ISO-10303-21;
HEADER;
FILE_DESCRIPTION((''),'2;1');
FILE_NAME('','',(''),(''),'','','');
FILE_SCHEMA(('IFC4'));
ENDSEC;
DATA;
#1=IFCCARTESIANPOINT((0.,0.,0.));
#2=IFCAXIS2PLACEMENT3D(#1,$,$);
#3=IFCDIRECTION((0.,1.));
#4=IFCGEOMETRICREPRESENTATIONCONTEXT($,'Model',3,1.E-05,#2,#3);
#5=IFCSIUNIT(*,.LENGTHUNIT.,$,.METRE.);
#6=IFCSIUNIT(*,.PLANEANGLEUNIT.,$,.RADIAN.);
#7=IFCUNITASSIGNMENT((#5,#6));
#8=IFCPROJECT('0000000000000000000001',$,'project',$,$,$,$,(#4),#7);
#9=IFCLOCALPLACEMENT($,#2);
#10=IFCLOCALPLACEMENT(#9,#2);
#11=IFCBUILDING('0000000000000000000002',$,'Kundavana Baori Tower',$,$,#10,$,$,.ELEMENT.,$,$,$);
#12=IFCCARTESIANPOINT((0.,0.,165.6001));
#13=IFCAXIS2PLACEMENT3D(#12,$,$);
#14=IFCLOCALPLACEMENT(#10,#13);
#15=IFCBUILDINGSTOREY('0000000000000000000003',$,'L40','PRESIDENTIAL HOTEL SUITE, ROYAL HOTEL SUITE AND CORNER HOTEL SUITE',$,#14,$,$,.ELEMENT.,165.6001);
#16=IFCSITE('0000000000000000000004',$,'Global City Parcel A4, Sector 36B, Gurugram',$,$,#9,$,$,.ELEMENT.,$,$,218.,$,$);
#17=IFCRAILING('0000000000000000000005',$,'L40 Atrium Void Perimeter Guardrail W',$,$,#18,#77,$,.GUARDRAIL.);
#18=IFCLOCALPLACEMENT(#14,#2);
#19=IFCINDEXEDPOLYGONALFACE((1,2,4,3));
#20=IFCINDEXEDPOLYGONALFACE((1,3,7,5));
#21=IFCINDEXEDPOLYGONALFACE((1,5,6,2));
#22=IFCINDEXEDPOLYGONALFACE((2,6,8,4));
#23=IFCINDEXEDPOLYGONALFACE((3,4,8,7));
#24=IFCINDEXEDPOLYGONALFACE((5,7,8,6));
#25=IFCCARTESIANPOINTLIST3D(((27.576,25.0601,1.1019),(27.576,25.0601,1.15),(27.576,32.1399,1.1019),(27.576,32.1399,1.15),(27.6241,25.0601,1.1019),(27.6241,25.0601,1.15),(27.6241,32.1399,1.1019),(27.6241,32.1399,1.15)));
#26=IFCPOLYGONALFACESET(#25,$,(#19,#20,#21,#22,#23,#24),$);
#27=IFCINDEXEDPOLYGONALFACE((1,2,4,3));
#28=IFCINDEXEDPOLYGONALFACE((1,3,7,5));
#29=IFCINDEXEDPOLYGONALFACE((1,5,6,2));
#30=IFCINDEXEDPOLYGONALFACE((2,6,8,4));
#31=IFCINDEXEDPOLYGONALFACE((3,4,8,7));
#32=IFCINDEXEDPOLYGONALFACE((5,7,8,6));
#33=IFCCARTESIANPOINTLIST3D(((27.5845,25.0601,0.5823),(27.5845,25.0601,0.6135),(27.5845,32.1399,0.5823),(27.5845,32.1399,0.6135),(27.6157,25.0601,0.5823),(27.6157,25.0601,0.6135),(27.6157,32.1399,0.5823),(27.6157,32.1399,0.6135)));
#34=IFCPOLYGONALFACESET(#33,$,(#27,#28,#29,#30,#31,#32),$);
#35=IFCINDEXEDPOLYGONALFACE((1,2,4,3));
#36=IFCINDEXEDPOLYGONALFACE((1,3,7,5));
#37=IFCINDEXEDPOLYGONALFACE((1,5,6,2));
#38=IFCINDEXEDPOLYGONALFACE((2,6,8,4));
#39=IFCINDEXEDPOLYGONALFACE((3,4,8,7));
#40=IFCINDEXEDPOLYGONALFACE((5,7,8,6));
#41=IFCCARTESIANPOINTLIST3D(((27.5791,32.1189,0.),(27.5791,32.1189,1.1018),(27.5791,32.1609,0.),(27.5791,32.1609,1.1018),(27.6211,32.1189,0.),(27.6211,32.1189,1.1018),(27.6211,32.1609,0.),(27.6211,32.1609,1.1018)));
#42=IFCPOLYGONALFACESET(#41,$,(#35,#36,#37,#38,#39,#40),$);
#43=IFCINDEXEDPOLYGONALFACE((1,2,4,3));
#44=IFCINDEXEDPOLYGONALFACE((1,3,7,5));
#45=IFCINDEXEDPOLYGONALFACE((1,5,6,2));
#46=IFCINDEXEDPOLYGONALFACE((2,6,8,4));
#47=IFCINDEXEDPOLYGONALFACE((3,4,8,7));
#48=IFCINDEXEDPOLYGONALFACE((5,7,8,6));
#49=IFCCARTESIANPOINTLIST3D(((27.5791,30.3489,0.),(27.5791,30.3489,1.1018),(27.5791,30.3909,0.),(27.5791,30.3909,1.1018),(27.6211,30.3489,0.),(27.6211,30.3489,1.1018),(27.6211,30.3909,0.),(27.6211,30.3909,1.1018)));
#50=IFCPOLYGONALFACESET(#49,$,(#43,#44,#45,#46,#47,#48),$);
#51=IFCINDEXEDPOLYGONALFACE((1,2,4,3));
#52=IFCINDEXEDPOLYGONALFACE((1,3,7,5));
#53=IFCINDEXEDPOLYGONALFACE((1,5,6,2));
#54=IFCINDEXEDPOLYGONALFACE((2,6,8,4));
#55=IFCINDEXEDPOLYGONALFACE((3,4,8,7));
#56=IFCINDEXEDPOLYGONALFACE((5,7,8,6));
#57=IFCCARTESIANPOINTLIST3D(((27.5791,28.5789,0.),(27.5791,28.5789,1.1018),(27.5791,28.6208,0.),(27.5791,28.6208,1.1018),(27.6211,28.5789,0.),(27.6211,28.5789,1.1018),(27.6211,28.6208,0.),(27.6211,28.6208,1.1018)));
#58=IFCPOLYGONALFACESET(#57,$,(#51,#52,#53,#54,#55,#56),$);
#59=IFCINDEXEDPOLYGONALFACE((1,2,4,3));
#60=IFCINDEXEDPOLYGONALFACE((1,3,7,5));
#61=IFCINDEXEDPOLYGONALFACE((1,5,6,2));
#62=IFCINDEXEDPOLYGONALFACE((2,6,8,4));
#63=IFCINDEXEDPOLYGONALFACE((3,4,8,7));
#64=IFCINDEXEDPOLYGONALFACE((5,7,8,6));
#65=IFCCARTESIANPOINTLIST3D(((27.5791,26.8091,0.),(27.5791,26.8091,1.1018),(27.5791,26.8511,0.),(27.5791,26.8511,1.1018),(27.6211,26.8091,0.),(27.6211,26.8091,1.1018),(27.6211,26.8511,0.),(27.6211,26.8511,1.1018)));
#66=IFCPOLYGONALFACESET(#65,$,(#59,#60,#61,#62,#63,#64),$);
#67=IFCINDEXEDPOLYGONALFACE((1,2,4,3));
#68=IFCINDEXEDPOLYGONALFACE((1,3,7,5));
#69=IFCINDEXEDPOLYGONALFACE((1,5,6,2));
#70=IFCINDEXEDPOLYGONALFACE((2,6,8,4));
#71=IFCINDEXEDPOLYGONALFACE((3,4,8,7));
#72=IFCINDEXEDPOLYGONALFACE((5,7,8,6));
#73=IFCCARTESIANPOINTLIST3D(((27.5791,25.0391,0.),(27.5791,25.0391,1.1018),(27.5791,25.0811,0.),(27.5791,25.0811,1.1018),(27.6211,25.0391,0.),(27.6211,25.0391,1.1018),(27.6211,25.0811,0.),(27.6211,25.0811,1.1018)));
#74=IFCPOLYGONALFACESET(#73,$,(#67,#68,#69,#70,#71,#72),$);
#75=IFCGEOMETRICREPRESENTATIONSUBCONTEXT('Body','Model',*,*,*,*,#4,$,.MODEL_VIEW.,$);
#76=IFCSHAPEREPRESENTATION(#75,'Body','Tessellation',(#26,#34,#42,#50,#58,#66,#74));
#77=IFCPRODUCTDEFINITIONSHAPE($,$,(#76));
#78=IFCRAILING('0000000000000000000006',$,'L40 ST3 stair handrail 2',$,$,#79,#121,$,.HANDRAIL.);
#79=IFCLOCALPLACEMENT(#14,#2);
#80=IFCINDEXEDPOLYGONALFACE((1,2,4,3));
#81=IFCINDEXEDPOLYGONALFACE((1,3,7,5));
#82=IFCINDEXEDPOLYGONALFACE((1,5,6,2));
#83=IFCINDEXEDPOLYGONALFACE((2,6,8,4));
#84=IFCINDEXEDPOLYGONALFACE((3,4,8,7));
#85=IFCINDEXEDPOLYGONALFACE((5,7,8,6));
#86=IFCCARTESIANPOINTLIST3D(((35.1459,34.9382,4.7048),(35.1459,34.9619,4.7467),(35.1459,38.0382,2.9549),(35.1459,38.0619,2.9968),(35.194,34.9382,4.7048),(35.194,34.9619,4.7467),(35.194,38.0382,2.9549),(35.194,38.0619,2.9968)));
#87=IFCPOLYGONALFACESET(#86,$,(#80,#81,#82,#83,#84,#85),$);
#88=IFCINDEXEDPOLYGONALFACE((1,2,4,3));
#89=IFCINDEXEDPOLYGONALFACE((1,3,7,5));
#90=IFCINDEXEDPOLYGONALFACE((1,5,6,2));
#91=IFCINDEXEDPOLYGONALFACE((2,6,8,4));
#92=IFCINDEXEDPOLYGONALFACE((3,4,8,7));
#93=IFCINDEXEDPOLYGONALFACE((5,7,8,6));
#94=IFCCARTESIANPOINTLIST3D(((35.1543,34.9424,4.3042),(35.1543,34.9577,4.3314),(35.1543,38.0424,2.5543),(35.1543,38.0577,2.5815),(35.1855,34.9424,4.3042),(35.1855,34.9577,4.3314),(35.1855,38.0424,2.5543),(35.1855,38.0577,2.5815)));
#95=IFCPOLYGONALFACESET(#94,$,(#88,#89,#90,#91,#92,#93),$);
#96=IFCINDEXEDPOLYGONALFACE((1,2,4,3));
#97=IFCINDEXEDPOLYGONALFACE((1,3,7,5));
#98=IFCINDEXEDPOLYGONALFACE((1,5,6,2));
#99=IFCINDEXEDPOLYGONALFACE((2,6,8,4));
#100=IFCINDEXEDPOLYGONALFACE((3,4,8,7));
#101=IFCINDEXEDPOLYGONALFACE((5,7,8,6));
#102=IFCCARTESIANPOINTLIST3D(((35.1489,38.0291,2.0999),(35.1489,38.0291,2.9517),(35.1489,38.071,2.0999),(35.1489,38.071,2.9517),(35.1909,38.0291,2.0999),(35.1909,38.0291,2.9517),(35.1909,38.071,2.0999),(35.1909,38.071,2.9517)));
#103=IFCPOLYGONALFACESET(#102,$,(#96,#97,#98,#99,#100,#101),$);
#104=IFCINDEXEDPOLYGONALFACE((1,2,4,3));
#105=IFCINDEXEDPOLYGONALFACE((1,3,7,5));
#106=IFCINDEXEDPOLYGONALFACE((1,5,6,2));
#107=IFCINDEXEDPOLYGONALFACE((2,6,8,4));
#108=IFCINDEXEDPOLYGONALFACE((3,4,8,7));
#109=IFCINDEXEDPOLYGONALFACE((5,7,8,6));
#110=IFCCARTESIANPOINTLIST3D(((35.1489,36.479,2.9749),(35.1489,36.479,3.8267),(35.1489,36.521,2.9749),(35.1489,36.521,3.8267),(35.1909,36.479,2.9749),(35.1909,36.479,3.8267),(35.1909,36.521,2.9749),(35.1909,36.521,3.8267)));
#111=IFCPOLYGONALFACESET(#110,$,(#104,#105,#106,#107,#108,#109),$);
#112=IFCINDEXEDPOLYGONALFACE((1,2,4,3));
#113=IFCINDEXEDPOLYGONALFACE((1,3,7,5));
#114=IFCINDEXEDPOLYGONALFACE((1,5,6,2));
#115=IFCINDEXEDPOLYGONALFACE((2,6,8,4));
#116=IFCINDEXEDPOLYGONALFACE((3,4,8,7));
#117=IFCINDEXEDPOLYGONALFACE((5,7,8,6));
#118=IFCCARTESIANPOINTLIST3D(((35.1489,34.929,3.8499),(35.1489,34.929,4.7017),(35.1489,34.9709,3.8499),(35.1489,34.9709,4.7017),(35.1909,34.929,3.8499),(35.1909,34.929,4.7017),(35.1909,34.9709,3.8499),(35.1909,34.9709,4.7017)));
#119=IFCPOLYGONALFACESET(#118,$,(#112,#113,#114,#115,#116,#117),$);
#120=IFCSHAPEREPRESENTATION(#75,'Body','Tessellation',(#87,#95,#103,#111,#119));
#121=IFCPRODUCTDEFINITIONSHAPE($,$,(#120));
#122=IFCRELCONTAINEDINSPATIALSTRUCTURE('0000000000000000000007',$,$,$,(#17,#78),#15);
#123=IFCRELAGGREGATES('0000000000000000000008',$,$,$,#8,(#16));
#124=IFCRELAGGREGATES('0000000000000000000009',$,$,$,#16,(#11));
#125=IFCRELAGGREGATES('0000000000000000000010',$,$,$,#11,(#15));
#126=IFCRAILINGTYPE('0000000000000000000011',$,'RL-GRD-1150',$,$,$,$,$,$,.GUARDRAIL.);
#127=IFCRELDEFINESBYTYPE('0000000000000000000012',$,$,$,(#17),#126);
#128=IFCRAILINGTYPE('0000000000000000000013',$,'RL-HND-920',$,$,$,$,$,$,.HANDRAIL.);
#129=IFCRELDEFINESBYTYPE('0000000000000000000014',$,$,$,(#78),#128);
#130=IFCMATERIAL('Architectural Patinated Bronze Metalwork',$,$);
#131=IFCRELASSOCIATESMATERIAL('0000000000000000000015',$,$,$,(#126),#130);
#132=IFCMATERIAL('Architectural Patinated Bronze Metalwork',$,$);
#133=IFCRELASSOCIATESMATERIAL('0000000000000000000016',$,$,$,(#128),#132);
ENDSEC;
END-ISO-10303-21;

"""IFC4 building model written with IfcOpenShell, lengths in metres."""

from ifc_helpers import new_model, si_unit, direction, frame, origin, origin_2d, place, context, subcontext, project, spatial, rectangle, extrude, material, type_object, element, save


model = new_model("IFC4")

# Units and contexts
model_context = context("Model", 3, precision=1e-05, world=origin(), true_north=direction((0.0, 1.0)))
body_context = subcontext(model_context, "Body", "Model", "MODEL_VIEW")
ifc_project = project(units=[si_unit("LENGTHUNIT", "METRE"), si_unit("PLANEANGLEUNIT", "RADIAN")], contexts=[model_context])

# Site, building, storey
site_placement = place(None, origin())
site = spatial("IfcSite", under=ifc_project, at=site_placement, Name="Global City Parcel A4, Sector 36B, Gurugram", CompositionType="ELEMENT", RefElevation=218.0)
building_placement = place(site_placement, origin())
building = spatial("IfcBuilding", under=site, at=building_placement, Name="Kundavana Baori Tower", CompositionType="ELEMENT")
storey_placement = place(building_placement, frame((0.0, 0.0, 165.6001)))
storey = spatial("IfcBuildingStorey", under=building, at=storey_placement, Name="L40", Description="PRESIDENTIAL HOTEL SUITE, ROYAL HOTEL SUITE AND CORNER HOTEL SUITE", CompositionType="ELEMENT", Elevation=165.6001)

# Railings
ifc_material_1 = material(Name="Architectural Patinated Bronze Metalwork")
railing_type_1 = type_object("IfcRailingType", Name="RL-GRD-1150", PredefinedType="GUARDRAIL", material=ifc_material_1)
railing_1_placement = place(storey_placement, frame((27.6001, 32.1399, 0.0)))
element("IfcRailing", 1, at=railing_1_placement, inside=storey, type_object=railing_type_1, Name="L40 Atrium Void Perimeter Guardrail W", PredefinedType="GUARDRAIL", context=body_context, shape_type="SweptSolid", body=[
    extrude(rectangle(XDim=0.0481, YDim=0.0481, at=origin_2d()), frame((0.0, 0.0, 1.126), z_axis=(0.0, -1.0, 0.0), x_axis=(1.0, 0.0, 0.0)), (0.0, 0.0, 1.0), 7.0798),
    extrude(rectangle(XDim=0.0312, YDim=0.0312, at=origin_2d()), frame((0.0, 0.0, 0.5979), z_axis=(0.0, -1.0, 0.0), x_axis=(1.0, 0.0, 0.0)), (0.0, 0.0, 1.0), 7.0798),
    extrude(rectangle(XDim=0.042, YDim=0.042, at=origin_2d()), origin(), (0.0, 0.0, 1.0), 1.1018),
    extrude(rectangle(XDim=0.042, YDim=0.042, at=origin_2d()), frame((0.0, -1.77, 0.0)), (0.0, 0.0, 1.0), 1.1018),
    extrude(rectangle(XDim=0.042, YDim=0.042, at=origin_2d()), frame((0.0, -3.54, 0.0)), (0.0, 0.0, 1.0), 1.1018),
    extrude(rectangle(XDim=0.042, YDim=0.042, at=origin_2d()), frame((0.0, -5.3098, 0.0)), (0.0, 0.0, 1.0), 1.1018),
    extrude(rectangle(XDim=0.042, YDim=0.042, at=origin_2d()), frame((0.0, -7.0798, 0.0)), (0.0, 0.0, 1.0), 1.1018),
])
ifc_material_2 = material(Name="Architectural Patinated Bronze Metalwork")
railing_type_2 = type_object("IfcRailingType", Name="RL-HND-920", PredefinedType="HANDRAIL", material=ifc_material_2)
railing_2_placement = place(storey_placement, frame((35.1699, 38.05, 2.0999)))
element("IfcRailing", 2, at=railing_2_placement, inside=storey, type_object=railing_type_2, Name="L40 ST3 stair handrail 2", PredefinedType="HANDRAIL", context=body_context, shape_type="SweptSolid", body=[
    extrude(rectangle(XDim=0.0481, YDim=0.0481, at=origin_2d()), frame((0.0, 0.0, 0.876), z_axis=(0.0, -0.870831, 0.491583), x_axis=(1.0, 0.0, 0.0)), (0.0, 0.0, 1.0), 3.5598),
    extrude(rectangle(XDim=0.0312, YDim=0.0312, at=origin_2d()), frame((0.0, 0.0, 0.468), z_axis=(0.0, -0.870831, 0.491583), x_axis=(1.0, 0.0, 0.0)), (0.0, 0.0, 1.0), 3.5598),
    extrude(rectangle(XDim=0.042, YDim=0.042, at=origin_2d()), origin(), (0.0, 0.0, 1.0), 0.8518),
    extrude(rectangle(XDim=0.042, YDim=0.042, at=origin_2d()), frame((0.0, -1.55, 0.875)), (0.0, 0.0, 1.0), 0.8518),
    extrude(rectangle(XDim=0.042, YDim=0.042, at=origin_2d()), frame((0.0, -3.1001, 1.75)), (0.0, 0.0, 1.0), 0.8518),
])

save(model, "model.ifc")
